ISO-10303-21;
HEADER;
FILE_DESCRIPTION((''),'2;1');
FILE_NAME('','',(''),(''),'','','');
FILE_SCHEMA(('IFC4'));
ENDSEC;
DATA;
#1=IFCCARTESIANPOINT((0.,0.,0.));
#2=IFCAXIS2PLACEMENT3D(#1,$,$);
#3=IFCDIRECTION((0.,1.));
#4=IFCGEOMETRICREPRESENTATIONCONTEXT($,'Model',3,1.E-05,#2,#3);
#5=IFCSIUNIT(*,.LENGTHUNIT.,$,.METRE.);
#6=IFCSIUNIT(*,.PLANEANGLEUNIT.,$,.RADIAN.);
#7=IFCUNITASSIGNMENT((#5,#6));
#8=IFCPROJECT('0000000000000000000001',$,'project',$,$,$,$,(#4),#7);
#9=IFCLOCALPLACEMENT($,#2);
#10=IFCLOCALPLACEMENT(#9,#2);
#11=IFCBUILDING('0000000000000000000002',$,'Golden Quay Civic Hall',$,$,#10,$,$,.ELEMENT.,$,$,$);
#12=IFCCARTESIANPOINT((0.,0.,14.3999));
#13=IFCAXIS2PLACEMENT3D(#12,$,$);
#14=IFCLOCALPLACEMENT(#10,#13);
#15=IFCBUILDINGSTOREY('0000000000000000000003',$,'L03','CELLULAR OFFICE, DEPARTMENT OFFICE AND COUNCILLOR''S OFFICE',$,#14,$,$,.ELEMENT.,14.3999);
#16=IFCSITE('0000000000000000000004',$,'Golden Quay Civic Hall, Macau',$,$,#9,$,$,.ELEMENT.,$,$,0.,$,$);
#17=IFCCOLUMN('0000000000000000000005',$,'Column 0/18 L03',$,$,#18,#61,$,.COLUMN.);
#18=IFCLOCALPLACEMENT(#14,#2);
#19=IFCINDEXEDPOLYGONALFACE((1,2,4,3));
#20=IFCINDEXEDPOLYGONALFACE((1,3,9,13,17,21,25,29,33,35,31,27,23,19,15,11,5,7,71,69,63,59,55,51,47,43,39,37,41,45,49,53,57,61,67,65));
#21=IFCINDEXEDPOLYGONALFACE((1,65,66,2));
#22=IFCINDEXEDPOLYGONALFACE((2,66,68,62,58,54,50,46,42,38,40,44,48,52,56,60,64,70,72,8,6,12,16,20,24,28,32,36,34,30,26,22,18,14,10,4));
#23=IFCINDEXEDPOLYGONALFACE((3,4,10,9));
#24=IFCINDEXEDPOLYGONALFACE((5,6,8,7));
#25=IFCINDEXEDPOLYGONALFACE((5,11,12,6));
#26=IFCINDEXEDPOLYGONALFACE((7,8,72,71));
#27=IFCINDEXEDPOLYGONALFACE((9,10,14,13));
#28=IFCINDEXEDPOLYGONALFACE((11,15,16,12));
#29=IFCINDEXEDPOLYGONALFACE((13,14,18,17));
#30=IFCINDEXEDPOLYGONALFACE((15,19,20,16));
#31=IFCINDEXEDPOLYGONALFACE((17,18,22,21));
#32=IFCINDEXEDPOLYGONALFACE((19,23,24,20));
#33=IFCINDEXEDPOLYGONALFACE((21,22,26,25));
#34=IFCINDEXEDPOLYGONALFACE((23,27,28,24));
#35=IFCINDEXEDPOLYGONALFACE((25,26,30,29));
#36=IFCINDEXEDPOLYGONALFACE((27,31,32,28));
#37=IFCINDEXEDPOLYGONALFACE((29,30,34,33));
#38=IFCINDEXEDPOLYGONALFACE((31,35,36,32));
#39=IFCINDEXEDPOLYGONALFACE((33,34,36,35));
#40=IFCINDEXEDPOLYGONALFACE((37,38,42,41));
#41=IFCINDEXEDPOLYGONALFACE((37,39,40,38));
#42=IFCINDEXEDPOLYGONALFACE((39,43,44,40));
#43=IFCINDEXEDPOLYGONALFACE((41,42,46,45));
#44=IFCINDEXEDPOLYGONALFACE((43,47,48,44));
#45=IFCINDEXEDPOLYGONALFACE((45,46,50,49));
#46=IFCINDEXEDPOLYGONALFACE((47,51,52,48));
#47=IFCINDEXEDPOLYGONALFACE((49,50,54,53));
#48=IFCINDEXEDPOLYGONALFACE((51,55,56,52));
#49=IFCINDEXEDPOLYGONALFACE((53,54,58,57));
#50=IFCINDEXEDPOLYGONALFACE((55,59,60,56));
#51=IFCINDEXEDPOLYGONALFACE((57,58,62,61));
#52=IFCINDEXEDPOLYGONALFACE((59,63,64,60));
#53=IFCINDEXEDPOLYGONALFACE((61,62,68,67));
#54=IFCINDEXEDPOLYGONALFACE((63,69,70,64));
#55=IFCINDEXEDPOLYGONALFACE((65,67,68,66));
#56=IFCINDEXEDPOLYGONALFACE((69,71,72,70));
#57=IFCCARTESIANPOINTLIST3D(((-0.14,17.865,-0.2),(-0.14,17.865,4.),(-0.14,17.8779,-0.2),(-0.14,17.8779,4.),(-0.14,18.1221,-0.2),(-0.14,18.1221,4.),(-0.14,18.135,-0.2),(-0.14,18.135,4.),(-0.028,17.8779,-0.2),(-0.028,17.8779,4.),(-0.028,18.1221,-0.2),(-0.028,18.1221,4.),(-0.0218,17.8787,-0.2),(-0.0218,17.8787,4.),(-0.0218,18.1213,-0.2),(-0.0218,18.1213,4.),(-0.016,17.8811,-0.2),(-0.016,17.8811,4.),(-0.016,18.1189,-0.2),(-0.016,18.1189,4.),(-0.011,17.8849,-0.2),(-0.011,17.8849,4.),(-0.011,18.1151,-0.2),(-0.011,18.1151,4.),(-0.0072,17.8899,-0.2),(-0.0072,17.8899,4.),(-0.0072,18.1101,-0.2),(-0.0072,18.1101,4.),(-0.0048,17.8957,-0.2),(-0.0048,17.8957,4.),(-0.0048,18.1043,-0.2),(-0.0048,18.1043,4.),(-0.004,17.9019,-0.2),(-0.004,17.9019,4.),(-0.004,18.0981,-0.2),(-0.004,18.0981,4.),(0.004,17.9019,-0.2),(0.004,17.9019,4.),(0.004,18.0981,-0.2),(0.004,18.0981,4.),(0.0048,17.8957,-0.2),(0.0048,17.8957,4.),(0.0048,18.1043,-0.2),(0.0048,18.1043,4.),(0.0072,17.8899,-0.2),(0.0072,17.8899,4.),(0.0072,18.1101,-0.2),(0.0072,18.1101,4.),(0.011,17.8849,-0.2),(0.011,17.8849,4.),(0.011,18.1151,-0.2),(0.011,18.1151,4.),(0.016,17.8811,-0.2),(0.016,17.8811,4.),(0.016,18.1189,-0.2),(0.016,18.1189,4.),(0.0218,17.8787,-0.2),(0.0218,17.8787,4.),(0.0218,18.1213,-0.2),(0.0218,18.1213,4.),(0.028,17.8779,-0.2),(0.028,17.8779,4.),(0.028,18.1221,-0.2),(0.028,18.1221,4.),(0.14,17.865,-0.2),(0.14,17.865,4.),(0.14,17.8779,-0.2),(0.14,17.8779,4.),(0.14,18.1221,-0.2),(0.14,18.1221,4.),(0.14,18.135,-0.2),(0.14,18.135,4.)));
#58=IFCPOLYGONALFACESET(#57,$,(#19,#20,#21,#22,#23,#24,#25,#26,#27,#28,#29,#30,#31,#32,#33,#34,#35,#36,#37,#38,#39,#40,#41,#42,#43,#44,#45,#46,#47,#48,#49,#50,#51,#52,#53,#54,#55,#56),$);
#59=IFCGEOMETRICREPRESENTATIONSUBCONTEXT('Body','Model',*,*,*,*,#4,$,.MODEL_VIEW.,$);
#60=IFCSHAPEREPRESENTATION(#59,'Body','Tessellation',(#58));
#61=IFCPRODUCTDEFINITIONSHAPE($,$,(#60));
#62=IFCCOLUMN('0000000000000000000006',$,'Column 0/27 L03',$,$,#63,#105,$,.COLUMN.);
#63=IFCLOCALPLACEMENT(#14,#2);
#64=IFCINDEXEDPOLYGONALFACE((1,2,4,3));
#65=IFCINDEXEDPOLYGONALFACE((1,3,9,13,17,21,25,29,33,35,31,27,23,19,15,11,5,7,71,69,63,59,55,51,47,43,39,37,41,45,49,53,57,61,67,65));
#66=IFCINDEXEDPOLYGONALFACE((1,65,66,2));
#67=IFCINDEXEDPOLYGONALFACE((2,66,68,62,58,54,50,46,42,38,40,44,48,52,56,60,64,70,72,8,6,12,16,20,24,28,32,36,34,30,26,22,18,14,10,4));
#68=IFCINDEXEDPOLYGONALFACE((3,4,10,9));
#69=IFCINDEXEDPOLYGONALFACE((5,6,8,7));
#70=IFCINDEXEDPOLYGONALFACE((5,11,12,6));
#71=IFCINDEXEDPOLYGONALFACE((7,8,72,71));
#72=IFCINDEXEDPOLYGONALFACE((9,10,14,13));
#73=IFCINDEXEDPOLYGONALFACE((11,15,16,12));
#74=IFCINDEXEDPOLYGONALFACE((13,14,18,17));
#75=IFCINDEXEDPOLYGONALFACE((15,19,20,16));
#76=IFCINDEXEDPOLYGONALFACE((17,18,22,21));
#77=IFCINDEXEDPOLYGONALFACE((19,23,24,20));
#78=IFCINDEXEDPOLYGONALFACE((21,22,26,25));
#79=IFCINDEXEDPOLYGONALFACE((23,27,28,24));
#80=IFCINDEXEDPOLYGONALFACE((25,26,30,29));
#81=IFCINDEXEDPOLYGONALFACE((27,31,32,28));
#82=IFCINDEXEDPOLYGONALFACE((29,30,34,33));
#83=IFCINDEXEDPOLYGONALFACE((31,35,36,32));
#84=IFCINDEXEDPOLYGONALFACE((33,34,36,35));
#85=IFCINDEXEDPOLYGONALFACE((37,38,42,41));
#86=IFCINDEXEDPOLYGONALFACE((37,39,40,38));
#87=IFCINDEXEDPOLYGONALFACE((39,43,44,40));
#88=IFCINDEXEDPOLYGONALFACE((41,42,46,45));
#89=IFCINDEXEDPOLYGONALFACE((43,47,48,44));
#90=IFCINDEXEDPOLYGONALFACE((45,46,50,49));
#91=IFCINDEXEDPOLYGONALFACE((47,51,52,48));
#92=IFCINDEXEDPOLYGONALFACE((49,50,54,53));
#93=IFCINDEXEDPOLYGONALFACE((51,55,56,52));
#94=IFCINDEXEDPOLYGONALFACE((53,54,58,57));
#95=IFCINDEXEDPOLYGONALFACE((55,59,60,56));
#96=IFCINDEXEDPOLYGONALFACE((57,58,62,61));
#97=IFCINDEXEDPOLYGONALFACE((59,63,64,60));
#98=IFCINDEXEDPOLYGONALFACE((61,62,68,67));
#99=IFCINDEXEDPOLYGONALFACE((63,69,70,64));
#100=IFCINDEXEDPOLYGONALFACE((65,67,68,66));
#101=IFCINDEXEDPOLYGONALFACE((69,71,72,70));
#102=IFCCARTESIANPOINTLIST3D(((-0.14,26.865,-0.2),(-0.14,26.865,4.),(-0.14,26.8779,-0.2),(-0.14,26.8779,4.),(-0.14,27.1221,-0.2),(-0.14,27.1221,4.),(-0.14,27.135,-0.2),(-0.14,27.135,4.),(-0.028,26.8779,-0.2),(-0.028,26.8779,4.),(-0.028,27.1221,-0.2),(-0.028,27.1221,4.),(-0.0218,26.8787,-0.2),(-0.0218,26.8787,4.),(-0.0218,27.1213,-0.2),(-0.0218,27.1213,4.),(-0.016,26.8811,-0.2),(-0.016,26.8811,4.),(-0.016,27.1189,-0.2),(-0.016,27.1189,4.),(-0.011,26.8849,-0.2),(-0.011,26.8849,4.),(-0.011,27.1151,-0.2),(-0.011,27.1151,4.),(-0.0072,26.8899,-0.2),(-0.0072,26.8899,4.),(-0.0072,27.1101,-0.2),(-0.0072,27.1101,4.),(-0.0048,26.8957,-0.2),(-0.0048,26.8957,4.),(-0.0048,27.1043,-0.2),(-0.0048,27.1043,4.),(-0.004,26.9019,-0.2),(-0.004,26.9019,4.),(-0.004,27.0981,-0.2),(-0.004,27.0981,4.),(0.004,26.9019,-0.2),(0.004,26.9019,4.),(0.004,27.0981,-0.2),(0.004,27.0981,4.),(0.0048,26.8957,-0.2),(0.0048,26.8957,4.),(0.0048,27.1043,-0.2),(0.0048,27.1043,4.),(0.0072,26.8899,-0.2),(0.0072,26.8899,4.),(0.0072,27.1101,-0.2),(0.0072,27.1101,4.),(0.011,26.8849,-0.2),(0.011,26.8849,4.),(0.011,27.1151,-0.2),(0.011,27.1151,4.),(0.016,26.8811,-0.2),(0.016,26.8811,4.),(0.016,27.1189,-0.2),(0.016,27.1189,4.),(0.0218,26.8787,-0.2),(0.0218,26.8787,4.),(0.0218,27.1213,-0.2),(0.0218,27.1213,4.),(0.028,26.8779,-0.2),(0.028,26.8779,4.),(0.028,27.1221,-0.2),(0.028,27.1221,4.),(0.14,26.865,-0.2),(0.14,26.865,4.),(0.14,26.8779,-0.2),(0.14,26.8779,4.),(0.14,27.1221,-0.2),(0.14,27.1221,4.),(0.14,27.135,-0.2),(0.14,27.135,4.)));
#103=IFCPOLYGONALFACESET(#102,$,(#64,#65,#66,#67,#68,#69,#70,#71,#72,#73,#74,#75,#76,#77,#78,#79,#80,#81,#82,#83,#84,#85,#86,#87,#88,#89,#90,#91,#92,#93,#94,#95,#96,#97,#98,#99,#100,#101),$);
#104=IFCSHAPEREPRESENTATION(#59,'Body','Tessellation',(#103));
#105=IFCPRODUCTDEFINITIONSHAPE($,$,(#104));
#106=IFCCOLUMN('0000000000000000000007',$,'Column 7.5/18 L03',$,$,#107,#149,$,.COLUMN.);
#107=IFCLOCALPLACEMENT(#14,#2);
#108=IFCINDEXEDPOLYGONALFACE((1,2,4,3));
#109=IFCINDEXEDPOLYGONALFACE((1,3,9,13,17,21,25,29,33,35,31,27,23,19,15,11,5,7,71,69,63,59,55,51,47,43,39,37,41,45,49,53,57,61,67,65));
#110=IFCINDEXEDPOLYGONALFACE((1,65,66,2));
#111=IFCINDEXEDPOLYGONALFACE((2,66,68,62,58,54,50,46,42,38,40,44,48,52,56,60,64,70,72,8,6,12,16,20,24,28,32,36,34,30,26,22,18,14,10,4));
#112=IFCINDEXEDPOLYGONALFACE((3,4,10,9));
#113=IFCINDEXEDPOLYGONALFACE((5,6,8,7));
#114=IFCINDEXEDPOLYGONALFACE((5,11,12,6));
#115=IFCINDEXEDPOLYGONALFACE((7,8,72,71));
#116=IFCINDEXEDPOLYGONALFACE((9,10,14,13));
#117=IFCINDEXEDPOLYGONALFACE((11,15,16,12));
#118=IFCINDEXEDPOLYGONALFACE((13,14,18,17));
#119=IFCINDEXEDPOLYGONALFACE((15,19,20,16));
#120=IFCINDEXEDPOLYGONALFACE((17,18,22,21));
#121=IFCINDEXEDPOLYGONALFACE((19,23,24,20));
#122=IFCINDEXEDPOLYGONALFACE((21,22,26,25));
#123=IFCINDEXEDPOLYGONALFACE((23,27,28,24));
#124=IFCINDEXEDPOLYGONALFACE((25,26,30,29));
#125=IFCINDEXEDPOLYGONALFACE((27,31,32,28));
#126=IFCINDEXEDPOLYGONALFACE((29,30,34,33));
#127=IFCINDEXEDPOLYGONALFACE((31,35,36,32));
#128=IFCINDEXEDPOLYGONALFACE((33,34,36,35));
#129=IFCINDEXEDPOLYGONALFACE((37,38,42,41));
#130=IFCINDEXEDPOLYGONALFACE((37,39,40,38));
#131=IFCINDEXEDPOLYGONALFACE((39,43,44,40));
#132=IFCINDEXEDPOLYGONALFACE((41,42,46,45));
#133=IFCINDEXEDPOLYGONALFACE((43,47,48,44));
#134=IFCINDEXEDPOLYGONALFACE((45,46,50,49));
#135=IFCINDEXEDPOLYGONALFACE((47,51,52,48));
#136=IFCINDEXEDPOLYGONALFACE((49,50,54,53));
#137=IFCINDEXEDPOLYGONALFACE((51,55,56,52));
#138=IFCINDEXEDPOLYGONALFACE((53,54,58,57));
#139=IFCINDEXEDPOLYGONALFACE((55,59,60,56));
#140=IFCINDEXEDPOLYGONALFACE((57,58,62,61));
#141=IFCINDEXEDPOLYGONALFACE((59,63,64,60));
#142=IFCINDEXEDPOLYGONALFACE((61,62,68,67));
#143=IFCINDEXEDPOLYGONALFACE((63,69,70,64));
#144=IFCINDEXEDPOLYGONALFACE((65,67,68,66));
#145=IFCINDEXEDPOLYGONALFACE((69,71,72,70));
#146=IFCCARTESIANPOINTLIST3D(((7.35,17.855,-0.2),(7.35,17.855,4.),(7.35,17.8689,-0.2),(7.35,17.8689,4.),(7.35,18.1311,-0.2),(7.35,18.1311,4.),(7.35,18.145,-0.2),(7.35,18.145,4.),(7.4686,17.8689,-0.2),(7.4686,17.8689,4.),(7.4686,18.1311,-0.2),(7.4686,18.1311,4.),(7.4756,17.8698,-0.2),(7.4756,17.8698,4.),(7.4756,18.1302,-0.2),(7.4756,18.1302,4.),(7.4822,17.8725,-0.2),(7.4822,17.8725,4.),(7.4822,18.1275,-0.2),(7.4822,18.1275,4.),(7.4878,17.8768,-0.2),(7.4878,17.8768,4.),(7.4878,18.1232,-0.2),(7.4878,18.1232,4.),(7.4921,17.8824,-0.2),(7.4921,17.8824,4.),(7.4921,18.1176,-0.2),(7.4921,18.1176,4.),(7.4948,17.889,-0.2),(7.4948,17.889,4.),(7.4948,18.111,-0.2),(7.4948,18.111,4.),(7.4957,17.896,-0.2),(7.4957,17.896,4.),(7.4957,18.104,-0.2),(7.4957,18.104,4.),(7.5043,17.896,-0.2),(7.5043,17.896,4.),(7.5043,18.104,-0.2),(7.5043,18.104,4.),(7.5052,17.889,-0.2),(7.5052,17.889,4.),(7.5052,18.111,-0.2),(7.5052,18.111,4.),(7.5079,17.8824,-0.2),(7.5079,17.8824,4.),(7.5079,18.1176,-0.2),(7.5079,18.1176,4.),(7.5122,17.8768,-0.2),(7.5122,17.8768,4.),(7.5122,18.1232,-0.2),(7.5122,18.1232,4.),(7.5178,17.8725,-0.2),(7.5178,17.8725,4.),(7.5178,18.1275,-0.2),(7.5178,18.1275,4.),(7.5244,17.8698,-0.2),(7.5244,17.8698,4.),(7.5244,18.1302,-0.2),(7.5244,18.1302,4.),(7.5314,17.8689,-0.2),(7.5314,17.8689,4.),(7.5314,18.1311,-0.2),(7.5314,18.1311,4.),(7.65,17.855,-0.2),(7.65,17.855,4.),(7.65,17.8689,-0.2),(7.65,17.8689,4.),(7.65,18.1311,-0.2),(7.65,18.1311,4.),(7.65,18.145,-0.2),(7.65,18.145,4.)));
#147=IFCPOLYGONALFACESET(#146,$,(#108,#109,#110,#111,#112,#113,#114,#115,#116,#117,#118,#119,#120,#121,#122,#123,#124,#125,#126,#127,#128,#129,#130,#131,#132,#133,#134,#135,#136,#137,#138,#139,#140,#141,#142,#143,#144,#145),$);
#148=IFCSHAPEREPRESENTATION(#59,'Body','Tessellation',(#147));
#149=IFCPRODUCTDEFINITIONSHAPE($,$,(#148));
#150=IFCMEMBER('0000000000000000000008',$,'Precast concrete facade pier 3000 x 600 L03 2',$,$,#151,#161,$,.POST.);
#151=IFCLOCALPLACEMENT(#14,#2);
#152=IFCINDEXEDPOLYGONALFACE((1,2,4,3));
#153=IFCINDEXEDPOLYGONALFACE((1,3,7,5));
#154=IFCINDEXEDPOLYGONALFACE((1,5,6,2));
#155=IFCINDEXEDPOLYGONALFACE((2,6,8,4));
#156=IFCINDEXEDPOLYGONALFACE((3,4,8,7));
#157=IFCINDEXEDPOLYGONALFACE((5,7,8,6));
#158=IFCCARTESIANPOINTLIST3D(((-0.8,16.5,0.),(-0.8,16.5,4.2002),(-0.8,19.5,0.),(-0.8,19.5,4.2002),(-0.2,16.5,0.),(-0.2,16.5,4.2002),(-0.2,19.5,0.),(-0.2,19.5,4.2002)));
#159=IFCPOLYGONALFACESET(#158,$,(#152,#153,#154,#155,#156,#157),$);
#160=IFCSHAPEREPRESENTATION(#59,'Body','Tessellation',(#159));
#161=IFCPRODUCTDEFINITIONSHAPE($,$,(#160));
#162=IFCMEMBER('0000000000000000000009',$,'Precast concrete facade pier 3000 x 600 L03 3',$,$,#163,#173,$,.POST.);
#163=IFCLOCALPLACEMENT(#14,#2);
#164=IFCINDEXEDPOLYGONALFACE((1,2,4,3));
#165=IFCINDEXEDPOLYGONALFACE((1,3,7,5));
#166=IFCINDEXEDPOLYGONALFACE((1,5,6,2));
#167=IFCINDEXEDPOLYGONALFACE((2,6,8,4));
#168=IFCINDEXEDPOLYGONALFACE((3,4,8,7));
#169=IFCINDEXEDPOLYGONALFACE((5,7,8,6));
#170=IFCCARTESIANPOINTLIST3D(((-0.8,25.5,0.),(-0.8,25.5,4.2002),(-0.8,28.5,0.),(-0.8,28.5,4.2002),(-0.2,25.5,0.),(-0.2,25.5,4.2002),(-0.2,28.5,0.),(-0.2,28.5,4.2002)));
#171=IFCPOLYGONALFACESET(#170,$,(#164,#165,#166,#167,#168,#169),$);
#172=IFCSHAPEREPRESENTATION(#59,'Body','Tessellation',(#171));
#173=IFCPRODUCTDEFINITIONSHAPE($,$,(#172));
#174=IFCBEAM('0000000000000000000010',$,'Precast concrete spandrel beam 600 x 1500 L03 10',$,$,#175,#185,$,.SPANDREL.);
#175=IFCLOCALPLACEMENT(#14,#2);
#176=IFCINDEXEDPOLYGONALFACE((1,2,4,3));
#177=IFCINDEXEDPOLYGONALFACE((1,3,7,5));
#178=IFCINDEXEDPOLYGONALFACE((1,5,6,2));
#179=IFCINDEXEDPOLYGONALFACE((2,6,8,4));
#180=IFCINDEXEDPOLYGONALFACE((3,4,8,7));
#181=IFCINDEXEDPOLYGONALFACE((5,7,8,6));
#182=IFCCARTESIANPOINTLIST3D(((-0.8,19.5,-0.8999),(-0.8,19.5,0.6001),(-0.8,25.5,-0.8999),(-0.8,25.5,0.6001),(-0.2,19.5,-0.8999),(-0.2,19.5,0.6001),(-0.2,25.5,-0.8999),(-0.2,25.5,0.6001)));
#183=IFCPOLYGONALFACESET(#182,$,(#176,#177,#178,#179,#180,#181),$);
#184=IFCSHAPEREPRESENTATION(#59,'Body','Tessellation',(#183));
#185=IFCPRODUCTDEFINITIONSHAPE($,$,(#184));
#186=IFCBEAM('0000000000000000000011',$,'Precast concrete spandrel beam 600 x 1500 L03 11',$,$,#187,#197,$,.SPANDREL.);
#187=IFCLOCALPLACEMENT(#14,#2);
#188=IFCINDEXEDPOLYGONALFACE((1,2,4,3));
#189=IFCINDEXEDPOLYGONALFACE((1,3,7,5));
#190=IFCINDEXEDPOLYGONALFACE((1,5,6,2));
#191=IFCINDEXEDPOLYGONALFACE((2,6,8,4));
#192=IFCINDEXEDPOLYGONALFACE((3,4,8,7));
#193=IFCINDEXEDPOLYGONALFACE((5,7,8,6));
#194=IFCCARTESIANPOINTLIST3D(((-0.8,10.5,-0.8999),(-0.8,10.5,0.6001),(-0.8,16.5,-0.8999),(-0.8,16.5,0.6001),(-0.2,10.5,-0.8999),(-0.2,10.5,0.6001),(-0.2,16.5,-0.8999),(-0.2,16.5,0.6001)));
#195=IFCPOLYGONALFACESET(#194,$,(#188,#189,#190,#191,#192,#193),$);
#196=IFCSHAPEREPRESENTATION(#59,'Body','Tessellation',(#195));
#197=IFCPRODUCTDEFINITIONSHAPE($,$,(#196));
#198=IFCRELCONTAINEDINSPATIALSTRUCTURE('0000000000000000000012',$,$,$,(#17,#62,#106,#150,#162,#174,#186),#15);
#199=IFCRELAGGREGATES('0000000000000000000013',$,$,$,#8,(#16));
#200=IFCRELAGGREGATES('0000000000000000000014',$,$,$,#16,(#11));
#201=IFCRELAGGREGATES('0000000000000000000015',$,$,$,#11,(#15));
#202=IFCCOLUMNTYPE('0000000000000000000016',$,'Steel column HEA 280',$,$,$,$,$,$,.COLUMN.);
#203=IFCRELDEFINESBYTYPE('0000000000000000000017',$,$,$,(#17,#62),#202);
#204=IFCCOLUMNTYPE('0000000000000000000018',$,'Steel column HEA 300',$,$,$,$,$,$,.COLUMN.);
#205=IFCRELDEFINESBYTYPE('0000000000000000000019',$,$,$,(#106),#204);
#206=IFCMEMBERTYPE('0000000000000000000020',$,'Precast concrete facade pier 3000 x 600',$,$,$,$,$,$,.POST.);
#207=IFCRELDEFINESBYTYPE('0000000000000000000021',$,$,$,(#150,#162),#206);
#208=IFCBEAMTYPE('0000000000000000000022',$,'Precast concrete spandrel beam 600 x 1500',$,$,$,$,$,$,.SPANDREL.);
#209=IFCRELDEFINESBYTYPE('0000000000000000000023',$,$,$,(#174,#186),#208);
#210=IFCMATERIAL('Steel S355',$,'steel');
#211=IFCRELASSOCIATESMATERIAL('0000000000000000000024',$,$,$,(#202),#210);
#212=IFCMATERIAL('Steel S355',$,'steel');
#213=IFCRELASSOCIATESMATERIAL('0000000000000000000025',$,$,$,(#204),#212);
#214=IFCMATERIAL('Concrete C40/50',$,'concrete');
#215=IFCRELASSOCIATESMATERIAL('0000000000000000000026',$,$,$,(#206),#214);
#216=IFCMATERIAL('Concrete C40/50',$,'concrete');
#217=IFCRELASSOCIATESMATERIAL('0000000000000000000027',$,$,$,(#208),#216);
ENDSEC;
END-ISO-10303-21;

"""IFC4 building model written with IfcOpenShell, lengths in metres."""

from ifc_helpers import new_model, si_unit, direction, frame, origin, origin_2d, place, context, subcontext, project, spatial, rectangle, i_section, extrude, material, material_profile, profile_set, type_object, element, save


model = new_model("IFC4")

# Units and contexts
model_context = context("Model", 3, precision=1e-05, world=origin(), true_north=direction((0.0, 1.0)))
body_context = subcontext(model_context, "Body", "Model", "MODEL_VIEW")
ifc_project = project(units=[si_unit("LENGTHUNIT", "METRE"), si_unit("PLANEANGLEUNIT", "RADIAN")], contexts=[model_context])

# Site, building, storey
site_placement = place(None, origin())
site = spatial("IfcSite", under=ifc_project, at=site_placement, Name="Golden Quay Civic Hall, Macau", CompositionType="ELEMENT", RefElevation=0.0)
building_placement = place(site_placement, origin())
building = spatial("IfcBuilding", under=site, at=building_placement, Name="Golden Quay Civic Hall", CompositionType="ELEMENT")
storey_placement = place(building_placement, frame((0.0, 0.0, 14.3999)))
storey = spatial("IfcBuildingStorey", under=building, at=storey_placement, Name="L03", Description="CELLULAR OFFICE, DEPARTMENT OFFICE AND COUNCILLOR'S OFFICE", CompositionType="ELEMENT", Elevation=14.3999)

# Columns
ifc_material_1 = material(Name="Steel S355", Category="steel")
ifc_material_profile_1 = material_profile(ifc_material_1, i_section(OverallWidth=0.28, OverallDepth=0.27, WebThickness=0.0081, FlangeThickness=0.0129, FilletRadius=0.0239, at=origin_2d()), Name="HEA 280")
ifc_profile_set_1 = profile_set([ifc_material_profile_1], Name="Steel S355")
column_type_1 = type_object("IfcColumnType", Name="Steel column HEA 280", PredefinedType="COLUMN", material=ifc_profile_set_1)
for number, where, z_axis, x_axis, name in (
    (1, (0.0, 18.0, -0.2), (0.0, 0.0, 1.0), (1.0, 0.0, 0.0), "Column 0/18 L03"),
    (2, (0.0, 27.0, -0.2), (0.0, 0.0, 1.0), (1.0, 0.0, 0.0), "Column 0/27 L03"),
):
    element("IfcColumn", number, at=place(storey_placement, frame(where, z_axis=z_axis, x_axis=x_axis)), inside=storey, type_object=column_type_1, Name=name, PredefinedType="COLUMN", context=body_context, shape_type="SweptSolid", body=[
        extrude(i_section(OverallWidth=0.28, OverallDepth=0.27, WebThickness=0.0081, FlangeThickness=0.0129, FilletRadius=0.0239, at=origin_2d()), origin(), (0.0, 0.0, 1.0), 4.2),
    ])
ifc_material_2 = material(Name="Steel S355", Category="steel")
ifc_material_profile_2 = material_profile(ifc_material_2, i_section(OverallWidth=0.3, OverallDepth=0.29, WebThickness=0.0085, FlangeThickness=0.0139, FilletRadius=0.0271, at=origin_2d()), Name="HEA 300")
ifc_profile_set_2 = profile_set([ifc_material_profile_2], Name="Steel S355")
column_type_2 = type_object("IfcColumnType", Name="Steel column HEA 300", PredefinedType="COLUMN", material=ifc_profile_set_2)
column_placement = place(storey_placement, frame((7.5, 18.0, -0.2), z_axis=(0.0, 0.0, 1.0), x_axis=(1.0, 0.0, 0.0)))
element("IfcColumn", 3, at=column_placement, inside=storey, type_object=column_type_2, Name="Column 7.5/18 L03", PredefinedType="COLUMN", context=body_context, shape_type="SweptSolid", body=[
    extrude(i_section(OverallWidth=0.3, OverallDepth=0.29, WebThickness=0.0085, FlangeThickness=0.0139, FilletRadius=0.0271, at=origin_2d()), origin(), (0.0, 0.0, 1.0), 4.2),
])

# Members
ifc_material_3 = material(Name="Concrete C40/50", Category="concrete")
ifc_material_profile_3 = material_profile(ifc_material_3, rectangle(XDim=3.0, YDim=0.6001, at=origin_2d()), Name="RC 3000x600")
ifc_profile_set_3 = profile_set([ifc_material_profile_3], Name="Concrete C40/50")
member_type = type_object("IfcMemberType", Name="Precast concrete facade pier 3000 x 600", PredefinedType="POST", material=ifc_profile_set_3)
for number, where, z_axis, x_axis, name in (
    (4, (-0.5, 18.0, 0.0), (0.0, 0.0, 1.0), (0.0, 1.0, 0.0), "Precast concrete facade pier 3000 x 600 L03 2"),
    (5, (-0.5, 27.0, 0.0), (0.0, 0.0, 1.0), (0.0, 1.0, 0.0), "Precast concrete facade pier 3000 x 600 L03 3"),
):
    element("IfcMember", number, at=place(storey_placement, frame(where, z_axis=z_axis, x_axis=x_axis)), inside=storey, type_object=member_type, Name=name, PredefinedType="POST", context=body_context, shape_type="SweptSolid", body=[
        extrude(rectangle(XDim=3.0, YDim=0.6001, at=origin_2d()), origin(), (0.0, 0.0, 1.0), 4.2002),
    ])

# Beams
ifc_material_4 = material(Name="Concrete C40/50", Category="concrete")
ifc_material_profile_4 = material_profile(ifc_material_4, rectangle(XDim=0.6001, YDim=1.5, at=origin_2d()), Name="RC 600x1500")
ifc_profile_set_4 = profile_set([ifc_material_profile_4], Name="Concrete C40/50")
beam_type_1 = type_object("IfcBeamType", Name="Precast concrete spandrel beam 600 x 1500", PredefinedType="SPANDREL", material=ifc_profile_set_4)
for number, where, z_axis, x_axis, name in (
    (6, (-0.5, 19.5, -0.1499), (0.0, 1.0, 0.0), (-1.0, 0.0, 0.0), "Precast concrete spandrel beam 600 x 1500 L03 10"),
    (7, (-0.5, 10.5, -0.1499), (0.0, 1.0, 0.0), (-1.0, 0.0, 0.0), "Precast concrete spandrel beam 600 x 1500 L03 11"),
):
    element("IfcBeam", number, at=place(storey_placement, frame(where, z_axis=z_axis, x_axis=x_axis)), inside=storey, type_object=beam_type_1, Name=name, PredefinedType="SPANDREL", context=body_context, shape_type="SweptSolid", body=[
        extrude(rectangle(XDim=0.6001, YDim=1.5, at=origin_2d()), origin(), (0.0, 0.0, 1.0), 6.0),
    ])

save(model, "model.ifc")
